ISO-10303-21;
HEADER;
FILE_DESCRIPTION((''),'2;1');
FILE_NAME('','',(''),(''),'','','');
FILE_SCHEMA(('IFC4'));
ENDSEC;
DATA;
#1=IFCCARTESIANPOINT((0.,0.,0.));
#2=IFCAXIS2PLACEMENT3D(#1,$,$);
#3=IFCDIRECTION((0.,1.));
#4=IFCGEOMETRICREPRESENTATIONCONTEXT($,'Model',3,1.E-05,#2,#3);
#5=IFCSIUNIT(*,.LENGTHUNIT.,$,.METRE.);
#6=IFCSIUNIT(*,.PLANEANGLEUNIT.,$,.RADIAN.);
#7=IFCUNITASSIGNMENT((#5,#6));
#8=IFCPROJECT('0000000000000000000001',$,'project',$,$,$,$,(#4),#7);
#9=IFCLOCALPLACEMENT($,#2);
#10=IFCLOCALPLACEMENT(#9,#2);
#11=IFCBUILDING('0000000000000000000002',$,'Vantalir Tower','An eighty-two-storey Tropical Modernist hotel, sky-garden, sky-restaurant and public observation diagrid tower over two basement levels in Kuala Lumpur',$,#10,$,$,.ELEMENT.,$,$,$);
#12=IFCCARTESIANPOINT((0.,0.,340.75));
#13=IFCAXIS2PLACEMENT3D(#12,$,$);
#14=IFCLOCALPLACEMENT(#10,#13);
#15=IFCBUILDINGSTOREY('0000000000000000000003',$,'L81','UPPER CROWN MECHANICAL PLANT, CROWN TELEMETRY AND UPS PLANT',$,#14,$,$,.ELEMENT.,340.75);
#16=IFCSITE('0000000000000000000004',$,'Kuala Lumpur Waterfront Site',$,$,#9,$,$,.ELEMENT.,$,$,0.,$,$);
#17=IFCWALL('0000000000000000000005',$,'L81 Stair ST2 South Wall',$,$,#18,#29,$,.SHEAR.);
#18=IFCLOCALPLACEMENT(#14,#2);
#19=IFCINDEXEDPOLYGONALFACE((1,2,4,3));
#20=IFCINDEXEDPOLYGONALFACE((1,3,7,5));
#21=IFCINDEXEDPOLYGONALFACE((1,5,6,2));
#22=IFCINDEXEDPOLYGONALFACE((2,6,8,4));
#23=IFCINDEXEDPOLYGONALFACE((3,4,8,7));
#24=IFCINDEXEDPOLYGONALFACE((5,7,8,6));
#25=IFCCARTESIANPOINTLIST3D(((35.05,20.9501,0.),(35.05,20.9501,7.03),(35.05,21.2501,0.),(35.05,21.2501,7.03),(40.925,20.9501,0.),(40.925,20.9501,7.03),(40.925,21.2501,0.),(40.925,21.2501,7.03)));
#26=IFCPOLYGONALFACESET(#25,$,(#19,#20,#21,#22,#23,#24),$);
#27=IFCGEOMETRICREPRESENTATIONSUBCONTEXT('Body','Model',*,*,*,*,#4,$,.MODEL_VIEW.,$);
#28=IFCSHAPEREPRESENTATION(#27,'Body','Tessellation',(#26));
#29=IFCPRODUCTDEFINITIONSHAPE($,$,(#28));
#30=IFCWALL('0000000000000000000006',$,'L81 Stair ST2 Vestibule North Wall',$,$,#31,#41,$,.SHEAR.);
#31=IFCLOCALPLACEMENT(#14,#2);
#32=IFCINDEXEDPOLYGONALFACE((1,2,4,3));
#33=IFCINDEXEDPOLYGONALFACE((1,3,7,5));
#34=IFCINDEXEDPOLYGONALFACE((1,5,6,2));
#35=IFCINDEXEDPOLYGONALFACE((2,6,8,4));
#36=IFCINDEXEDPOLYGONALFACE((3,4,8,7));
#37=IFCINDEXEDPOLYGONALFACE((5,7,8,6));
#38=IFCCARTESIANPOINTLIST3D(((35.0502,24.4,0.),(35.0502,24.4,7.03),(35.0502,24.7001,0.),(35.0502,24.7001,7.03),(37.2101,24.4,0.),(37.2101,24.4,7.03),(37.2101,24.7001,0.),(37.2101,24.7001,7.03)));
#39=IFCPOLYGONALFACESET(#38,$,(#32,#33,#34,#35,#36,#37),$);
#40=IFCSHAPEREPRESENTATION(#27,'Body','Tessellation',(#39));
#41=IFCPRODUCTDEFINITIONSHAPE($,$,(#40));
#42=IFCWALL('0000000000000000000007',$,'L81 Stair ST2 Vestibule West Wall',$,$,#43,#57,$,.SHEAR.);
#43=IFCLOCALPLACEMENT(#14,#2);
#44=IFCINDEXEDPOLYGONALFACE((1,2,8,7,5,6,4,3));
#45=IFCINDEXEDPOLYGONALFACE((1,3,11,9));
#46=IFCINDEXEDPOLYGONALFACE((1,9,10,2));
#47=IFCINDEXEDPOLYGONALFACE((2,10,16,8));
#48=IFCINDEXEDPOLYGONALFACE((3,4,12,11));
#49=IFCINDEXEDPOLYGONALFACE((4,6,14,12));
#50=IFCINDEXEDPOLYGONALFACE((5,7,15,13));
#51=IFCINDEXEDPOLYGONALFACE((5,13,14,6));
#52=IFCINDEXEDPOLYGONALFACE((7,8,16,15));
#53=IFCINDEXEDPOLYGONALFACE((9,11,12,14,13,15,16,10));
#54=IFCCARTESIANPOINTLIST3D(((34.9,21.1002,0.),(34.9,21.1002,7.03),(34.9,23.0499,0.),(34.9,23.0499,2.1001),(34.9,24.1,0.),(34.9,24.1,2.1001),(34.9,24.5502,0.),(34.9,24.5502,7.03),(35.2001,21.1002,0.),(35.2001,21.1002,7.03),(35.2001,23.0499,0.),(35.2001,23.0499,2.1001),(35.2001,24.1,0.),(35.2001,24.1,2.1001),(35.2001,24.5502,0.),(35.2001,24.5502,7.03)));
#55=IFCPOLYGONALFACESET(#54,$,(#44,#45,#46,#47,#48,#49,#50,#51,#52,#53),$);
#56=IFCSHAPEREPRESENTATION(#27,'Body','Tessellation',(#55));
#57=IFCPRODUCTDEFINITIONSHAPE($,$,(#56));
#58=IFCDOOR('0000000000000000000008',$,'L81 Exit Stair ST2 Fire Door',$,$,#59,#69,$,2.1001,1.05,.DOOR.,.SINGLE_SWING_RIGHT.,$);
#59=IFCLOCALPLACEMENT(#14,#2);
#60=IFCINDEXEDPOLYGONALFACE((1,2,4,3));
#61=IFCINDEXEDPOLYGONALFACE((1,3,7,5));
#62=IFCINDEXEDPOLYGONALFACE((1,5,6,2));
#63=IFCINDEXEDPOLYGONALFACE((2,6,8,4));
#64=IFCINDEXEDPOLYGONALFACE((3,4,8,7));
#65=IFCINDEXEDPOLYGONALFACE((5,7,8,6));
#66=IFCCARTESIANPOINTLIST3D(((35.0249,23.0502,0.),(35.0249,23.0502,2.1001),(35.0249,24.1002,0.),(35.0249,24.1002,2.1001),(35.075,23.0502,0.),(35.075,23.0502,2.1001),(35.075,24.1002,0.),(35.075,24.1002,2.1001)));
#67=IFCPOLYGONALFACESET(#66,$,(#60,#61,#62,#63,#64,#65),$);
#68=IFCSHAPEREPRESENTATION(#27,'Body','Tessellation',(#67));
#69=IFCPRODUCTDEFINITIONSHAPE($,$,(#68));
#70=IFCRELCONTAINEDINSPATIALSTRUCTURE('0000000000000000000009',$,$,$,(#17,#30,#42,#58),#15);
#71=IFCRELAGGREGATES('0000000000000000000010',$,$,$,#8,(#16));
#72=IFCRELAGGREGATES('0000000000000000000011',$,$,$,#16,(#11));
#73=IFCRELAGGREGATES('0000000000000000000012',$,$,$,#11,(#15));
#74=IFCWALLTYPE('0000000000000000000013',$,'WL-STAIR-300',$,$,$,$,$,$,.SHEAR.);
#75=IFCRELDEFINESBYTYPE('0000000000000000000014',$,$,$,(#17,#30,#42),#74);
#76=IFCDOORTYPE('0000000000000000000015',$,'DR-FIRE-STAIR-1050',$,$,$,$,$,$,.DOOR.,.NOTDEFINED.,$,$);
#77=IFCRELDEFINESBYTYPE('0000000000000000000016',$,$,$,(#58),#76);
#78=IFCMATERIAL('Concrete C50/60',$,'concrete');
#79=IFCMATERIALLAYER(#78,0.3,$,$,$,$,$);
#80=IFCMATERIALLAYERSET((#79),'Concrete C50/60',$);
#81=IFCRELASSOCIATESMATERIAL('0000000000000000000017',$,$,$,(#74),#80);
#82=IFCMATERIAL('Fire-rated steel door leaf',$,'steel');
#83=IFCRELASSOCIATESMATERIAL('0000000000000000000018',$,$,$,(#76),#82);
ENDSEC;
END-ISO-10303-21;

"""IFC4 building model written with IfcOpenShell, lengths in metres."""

from ifc_helpers import new_model, si_unit, direction, frame, frame_2d, origin, place, context, subcontext, project, spatial, rectangle, extrude, material, layer, layer_set, type_object, element, fill, save


model = new_model("IFC4")

# Units and contexts
model_context = context("Model", 3, precision=1e-05, world=origin(), true_north=direction((0.0, 1.0)))
body_context = subcontext(model_context, "Body", "Model", "MODEL_VIEW")
ifc_project = project(units=[si_unit("LENGTHUNIT", "METRE"), si_unit("PLANEANGLEUNIT", "RADIAN")], contexts=[model_context])

# Site, building, storey
site_placement = place(None, origin())
site = spatial("IfcSite", under=ifc_project, at=site_placement, Name="Kuala Lumpur Waterfront Site", CompositionType="ELEMENT", RefElevation=0.0)
building_placement = place(site_placement, origin())
building = spatial("IfcBuilding", under=site, at=building_placement, Name="Vantalir Tower", Description="An eighty-two-storey Tropical Modernist hotel, sky-garden, sky-restaurant and public observation diagrid tower over two basement levels in Kuala Lumpur", CompositionType="ELEMENT")
storey_placement = place(building_placement, frame((0.0, 0.0, 340.75)))
storey = spatial("IfcBuildingStorey", under=building, at=storey_placement, Name="L81", Description="UPPER CROWN MECHANICAL PLANT, CROWN TELEMETRY AND UPS PLANT", CompositionType="ELEMENT", Elevation=340.75)

# Shared definitions
ifc_material_1 = material(Name="Concrete C50/60", Category="concrete")

# Walls
ifc_layer_1 = layer(ifc_material_1, 0.3)
ifc_layer_set_1 = layer_set([ifc_layer_1], Name="Concrete C50/60")
wall_type_1 = type_object("IfcWallType", Name="WL-STAIR-300", PredefinedType="SHEAR", material=ifc_layer_set_1)
wall_1_placement = place(storey_placement, frame((35.05, 21.1001, 0.0), z_axis=(0.0, 0.0, 1.0), x_axis=(1.0, 0.0, 0.0)))
element("IfcWall", 1, at=wall_1_placement, inside=storey, type_object=wall_type_1, Name="L81 Stair ST2 South Wall", PredefinedType="SHEAR", context=body_context, shape_type="SweptSolid", body=[
    extrude(rectangle(XDim=5.875, YDim=0.3, at=frame_2d((2.9375, 0.0))), origin(), (0.0, 0.0, 1.0), 7.03),
])
wall_2_placement = place(storey_placement, frame((35.05, 24.55, 0.0), z_axis=(0.0, 0.0, 1.0), x_axis=(1.0, 0.0, 0.0)))
element("IfcWall", 2, at=wall_2_placement, inside=storey, type_object=wall_type_1, Name="L81 Stair ST2 Vestibule North Wall", PredefinedType="SHEAR", context=body_context, shape_type="SweptSolid", body=[
    extrude(rectangle(XDim=2.1599, YDim=0.3, at=frame_2d((1.0801, 0.0))), origin(), (0.0, 0.0, 1.0), 7.03),
])

# Wall, opening, door
wall_3_placement = place(storey_placement, frame((35.05, 21.1001, 0.0), z_axis=(0.0, 0.0, 1.0), x_axis=(0.0, 1.0, 0.0)))
wall_3 = element("IfcWall", 3, at=wall_3_placement, inside=storey, type_object=wall_type_1, Name="L81 Stair ST2 Vestibule West Wall", PredefinedType="SHEAR", context=body_context, shape_type="SweptSolid", body=[
    extrude(rectangle(XDim=3.45, YDim=0.3, at=frame_2d((1.7251, 0.0))), origin(), (0.0, 0.0, 1.0), 7.03),
])
opening_1_placement = place(wall_3_placement, frame((1.95, 0.0, 0.0)))
opening_1 = element("IfcOpeningElement", 4, at=opening_1_placement, cuts=wall_3, PredefinedType="OPENING", context=body_context, shape_type="SweptSolid", body=[
    extrude(rectangle(XDim=1.05, YDim=2.1001, at=frame_2d((0.5249, 1.05))), frame((0.0, 0.1599, 0.0), z_axis=(0.0, -1.0, 0.0), x_axis=(1.0, 0.0, 0.0)), (0.0, 0.0, 1.0), 0.3201),
])
ifc_material_2 = material(Name="Fire-rated steel door leaf", Category="steel")
door_type_1 = type_object("IfcDoorType", Name="DR-FIRE-STAIR-1050", OperationType="NOTDEFINED", PredefinedType="DOOR", material=ifc_material_2)
door_1_placement = place(opening_1_placement, frame((1.05, 0.0, 0.0), z_axis=(0.0, 0.0, 1.0), x_axis=(-1.0, 0.0, 0.0)))
door_1 = element("IfcDoor", 5, at=door_1_placement, inside=storey, type_object=door_type_1, Name="L81 Exit Stair ST2 Fire Door", OperationType="SINGLE_SWING_RIGHT", OverallHeight=2.1001, OverallWidth=1.05, PredefinedType="DOOR", context=body_context, shape_type="SweptSolid", body=[
    extrude(rectangle(XDim=1.05, YDim=2.1001, at=frame_2d((0.5249, 1.05))), frame((0.0, 0.0249, 0.0), z_axis=(0.0, -1.0, 0.0), x_axis=(1.0, 0.0, 0.0)), (0.0, 0.0, 1.0), 0.05),
])
fill(opening_1, door_1)

save(model, "model.ifc")
